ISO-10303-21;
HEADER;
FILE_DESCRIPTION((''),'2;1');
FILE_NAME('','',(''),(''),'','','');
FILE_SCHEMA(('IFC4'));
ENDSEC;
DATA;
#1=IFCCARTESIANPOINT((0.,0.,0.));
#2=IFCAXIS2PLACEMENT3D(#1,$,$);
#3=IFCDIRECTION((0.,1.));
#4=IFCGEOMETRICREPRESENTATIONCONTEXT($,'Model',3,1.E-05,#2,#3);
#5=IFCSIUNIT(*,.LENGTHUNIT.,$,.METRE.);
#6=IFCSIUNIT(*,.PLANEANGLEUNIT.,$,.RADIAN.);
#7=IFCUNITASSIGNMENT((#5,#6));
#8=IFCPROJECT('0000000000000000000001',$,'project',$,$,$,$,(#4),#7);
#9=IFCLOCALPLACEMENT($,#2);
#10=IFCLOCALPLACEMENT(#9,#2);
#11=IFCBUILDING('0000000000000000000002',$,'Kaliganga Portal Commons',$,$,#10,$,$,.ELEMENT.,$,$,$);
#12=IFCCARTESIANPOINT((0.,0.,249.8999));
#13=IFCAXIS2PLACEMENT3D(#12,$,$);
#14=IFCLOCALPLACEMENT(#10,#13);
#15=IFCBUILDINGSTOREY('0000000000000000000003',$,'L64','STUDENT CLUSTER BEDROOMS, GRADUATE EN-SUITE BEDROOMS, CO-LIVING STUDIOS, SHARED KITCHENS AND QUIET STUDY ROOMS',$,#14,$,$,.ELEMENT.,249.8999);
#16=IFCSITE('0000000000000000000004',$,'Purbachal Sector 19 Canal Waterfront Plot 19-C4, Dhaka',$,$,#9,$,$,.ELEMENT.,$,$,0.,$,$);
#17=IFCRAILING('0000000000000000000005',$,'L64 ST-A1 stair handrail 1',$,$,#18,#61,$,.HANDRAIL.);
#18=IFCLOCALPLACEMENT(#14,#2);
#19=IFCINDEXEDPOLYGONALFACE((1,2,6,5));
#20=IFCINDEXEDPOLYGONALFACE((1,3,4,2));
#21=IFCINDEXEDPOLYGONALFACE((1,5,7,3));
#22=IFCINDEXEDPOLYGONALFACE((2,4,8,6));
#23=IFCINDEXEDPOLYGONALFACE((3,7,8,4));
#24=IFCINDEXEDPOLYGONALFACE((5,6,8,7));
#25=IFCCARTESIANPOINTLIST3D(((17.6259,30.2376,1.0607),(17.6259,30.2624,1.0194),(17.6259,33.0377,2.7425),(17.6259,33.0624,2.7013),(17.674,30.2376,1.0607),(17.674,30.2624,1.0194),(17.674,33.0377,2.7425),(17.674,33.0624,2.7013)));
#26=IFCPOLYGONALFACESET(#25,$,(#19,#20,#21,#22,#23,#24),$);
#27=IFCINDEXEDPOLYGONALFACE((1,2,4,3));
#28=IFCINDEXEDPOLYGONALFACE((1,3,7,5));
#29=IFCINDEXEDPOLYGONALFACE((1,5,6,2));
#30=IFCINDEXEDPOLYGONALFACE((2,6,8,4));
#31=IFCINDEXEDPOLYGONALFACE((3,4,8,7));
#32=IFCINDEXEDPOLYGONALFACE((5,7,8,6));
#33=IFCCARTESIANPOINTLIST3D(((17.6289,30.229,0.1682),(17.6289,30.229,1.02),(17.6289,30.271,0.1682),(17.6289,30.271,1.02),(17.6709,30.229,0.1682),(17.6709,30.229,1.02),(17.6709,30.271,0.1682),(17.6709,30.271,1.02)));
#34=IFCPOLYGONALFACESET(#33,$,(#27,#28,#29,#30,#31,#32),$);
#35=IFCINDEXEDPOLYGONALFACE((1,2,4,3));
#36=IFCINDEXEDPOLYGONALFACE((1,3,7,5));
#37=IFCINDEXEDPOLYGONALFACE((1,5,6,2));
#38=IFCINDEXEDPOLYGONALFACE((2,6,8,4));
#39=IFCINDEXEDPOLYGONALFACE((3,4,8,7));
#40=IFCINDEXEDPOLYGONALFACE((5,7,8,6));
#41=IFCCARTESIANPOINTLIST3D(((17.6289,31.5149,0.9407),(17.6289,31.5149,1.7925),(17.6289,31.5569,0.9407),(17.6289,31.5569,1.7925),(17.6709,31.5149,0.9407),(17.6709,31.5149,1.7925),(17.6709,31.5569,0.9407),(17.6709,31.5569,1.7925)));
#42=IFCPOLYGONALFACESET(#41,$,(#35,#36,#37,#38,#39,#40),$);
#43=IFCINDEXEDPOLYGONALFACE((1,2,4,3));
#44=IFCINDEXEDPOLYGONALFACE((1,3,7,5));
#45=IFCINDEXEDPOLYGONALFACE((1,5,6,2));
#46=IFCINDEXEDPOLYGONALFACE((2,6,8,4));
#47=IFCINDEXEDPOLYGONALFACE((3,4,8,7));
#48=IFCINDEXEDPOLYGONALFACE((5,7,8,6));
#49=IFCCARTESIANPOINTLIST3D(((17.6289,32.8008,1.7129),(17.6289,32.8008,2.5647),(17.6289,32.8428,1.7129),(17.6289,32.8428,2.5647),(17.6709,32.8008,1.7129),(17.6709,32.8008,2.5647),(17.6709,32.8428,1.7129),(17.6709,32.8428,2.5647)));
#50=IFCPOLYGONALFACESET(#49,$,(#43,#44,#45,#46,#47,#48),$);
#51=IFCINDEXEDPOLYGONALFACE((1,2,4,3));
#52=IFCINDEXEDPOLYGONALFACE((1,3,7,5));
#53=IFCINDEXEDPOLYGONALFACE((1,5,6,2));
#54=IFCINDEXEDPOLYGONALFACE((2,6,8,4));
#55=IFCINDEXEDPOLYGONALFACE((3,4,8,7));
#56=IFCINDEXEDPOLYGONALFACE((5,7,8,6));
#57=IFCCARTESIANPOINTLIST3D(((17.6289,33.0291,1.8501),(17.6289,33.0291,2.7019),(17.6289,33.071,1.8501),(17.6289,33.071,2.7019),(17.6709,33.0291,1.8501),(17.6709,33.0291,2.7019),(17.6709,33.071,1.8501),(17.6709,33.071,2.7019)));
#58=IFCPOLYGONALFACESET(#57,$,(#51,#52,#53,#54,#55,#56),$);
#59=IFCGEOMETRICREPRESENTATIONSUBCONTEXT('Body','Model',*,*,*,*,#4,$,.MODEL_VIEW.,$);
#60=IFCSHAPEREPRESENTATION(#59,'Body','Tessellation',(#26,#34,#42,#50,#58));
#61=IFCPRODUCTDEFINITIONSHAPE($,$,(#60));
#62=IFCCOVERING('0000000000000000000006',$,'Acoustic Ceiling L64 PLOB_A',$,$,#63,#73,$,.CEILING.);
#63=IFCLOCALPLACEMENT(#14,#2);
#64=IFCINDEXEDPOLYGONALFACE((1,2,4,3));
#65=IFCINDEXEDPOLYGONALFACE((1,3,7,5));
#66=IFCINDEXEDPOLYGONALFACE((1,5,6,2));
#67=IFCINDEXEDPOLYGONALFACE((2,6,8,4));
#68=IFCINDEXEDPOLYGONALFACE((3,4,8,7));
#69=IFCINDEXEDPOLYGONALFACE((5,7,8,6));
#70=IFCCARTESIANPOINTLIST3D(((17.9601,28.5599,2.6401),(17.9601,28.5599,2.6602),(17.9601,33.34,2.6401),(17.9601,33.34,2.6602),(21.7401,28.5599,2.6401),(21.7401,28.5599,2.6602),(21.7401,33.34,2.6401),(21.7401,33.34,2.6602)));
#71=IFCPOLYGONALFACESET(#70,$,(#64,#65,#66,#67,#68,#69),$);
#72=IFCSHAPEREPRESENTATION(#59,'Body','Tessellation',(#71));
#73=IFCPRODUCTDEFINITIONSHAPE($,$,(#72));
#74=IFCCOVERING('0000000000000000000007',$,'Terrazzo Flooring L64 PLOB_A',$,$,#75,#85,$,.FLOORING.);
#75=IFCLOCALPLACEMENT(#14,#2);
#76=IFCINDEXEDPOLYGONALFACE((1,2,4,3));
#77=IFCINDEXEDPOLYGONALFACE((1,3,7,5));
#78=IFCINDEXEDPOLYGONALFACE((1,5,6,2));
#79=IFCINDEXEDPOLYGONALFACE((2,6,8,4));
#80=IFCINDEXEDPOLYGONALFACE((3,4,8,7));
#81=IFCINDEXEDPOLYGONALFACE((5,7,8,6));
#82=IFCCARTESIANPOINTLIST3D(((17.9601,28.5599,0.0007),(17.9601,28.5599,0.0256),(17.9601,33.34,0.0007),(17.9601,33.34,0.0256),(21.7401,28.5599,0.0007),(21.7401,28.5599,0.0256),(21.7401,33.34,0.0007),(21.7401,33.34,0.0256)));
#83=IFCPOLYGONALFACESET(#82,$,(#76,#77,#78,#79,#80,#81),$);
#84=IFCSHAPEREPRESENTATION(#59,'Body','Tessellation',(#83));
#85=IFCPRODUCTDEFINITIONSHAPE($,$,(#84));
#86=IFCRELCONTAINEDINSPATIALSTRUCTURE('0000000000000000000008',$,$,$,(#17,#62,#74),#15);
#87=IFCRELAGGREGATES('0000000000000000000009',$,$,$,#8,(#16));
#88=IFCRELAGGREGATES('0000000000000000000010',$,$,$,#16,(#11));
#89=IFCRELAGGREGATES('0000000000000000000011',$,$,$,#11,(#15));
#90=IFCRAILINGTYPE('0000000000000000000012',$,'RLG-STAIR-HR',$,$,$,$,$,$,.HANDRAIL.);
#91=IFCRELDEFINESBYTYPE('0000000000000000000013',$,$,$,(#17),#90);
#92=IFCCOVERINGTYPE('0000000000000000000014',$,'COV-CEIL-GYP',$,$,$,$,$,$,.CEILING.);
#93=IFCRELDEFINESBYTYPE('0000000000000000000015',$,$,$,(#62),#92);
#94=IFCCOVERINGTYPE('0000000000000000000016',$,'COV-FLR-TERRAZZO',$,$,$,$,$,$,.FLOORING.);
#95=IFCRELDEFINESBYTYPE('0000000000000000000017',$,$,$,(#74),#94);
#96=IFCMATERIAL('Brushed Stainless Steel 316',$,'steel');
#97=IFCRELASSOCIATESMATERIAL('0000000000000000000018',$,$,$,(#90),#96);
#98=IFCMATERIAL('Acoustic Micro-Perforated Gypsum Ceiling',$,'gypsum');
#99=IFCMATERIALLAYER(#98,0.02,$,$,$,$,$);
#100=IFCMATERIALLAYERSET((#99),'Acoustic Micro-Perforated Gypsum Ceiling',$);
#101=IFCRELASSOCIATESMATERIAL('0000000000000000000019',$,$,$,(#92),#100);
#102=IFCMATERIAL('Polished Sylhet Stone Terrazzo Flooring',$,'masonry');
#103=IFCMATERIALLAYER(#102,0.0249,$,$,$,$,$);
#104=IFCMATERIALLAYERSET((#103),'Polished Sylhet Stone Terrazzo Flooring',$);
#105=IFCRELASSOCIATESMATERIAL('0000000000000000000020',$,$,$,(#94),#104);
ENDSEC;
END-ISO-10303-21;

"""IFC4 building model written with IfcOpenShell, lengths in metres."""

from ifc_helpers import new_model, si_unit, direction, frame, origin, origin_2d, place, context, subcontext, project, spatial, rectangle, extrude, source, transform, mapped, material, layer, layer_set, type_object, element, save


model = new_model("IFC4")

# Units and contexts
model_context = context("Model", 3, precision=1e-05, world=origin(), true_north=direction((0.0, 1.0)))
body_context = subcontext(model_context, "Body", "Model", "MODEL_VIEW")
ifc_project = project(units=[si_unit("LENGTHUNIT", "METRE"), si_unit("PLANEANGLEUNIT", "RADIAN")], contexts=[model_context])

# Site, building, storey
site_placement = place(None, origin())
site = spatial("IfcSite", under=ifc_project, at=site_placement, Name="Purbachal Sector 19 Canal Waterfront Plot 19-C4, Dhaka", CompositionType="ELEMENT", RefElevation=0.0)
building_placement = place(site_placement, origin())
building = spatial("IfcBuilding", under=site, at=building_placement, Name="Kaliganga Portal Commons", CompositionType="ELEMENT")
storey_placement = place(building_placement, frame((0.0, 0.0, 249.8999)))
storey = spatial("IfcBuildingStorey", under=building, at=storey_placement, Name="L64", Description="STUDENT CLUSTER BEDROOMS, GRADUATE EN-SUITE BEDROOMS, CO-LIVING STUDIOS, SHARED KITCHENS AND QUIET STUDY ROOMS", CompositionType="ELEMENT", Elevation=249.8999)

# Railing
ifc_material_1 = material(Name="Brushed Stainless Steel 316", Category="steel")
railing_type_1 = type_object("IfcRailingType", Name="RLG-STAIR-HR", PredefinedType="HANDRAIL", material=ifc_material_1)
railing_1_placement = place(storey_placement, frame((17.6499, 30.25, 0.1682)))
element("IfcRailing", 1, at=railing_1_placement, inside=storey, type_object=railing_type_1, Name="L64 ST-A1 stair handrail 1", PredefinedType="HANDRAIL", context=body_context, shape_type="SweptSolid", body=[
    extrude(rectangle(XDim=0.0481, YDim=0.0481, at=origin_2d()), frame((0.0, 0.0, 0.8718), z_axis=(0.0, 0.857242, 0.514913), x_axis=(-1.0, 0.0, 0.0)), (0.0, 0.0, 1.0), 3.2664),
    extrude(rectangle(XDim=0.042, YDim=0.042, at=origin_2d()), origin(), (0.0, 0.0, 1.0), 0.8518),
    extrude(rectangle(XDim=0.042, YDim=0.042, at=origin_2d()), frame((0.0, 1.2859, 0.7725)), (0.0, 0.0, 1.0), 0.8518),
    extrude(rectangle(XDim=0.042, YDim=0.042, at=origin_2d()), frame((0.0, 2.5718, 1.5447)), (0.0, 0.0, 1.0), 0.8518),
    extrude(rectangle(XDim=0.042, YDim=0.042, at=origin_2d()), frame((0.0, 2.8, 1.6819)), (0.0, 0.0, 1.0), 0.8518),
])

# Coverings
ifc_material_2 = material(Name="Acoustic Micro-Perforated Gypsum Ceiling", Category="gypsum")
ifc_layer_1 = layer(ifc_material_2, 0.02)
ifc_layer_set_1 = layer_set([ifc_layer_1], Name="Acoustic Micro-Perforated Gypsum Ceiling")
covering_type_1 = type_object("IfcCoveringType", Name="COV-CEIL-GYP", PredefinedType="CEILING", material=ifc_layer_set_1)
shared_shape_1 = source(origin(), body_context, "Body", "SweptSolid", [
    extrude(rectangle(XDim=3.78, YDim=4.78, at=origin_2d()), origin(), (0.0, 0.0, 1.0), 0.02),
])
covering_1_placement = place(storey_placement, frame((19.8501, 30.95, 2.6401), z_axis=(0.0, 0.0, 1.0), x_axis=(1.0, 0.0, 0.0)))
element("IfcCovering", 2, at=covering_1_placement, inside=storey, type_object=covering_type_1, Name="Acoustic Ceiling L64 PLOB_A", PredefinedType="CEILING", context=body_context, shape_type="MappedRepresentation", body=[
    mapped(shared_shape_1, transform((0.0, 0.0, 0.0), x_axis=(1.0, 0.0, 0.0), y_axis=(0.0, 1.0, 0.0), z_axis=(0.0, 0.0, 1.0), scale=1.0)),
])
ifc_material_3 = material(Name="Polished Sylhet Stone Terrazzo Flooring", Category="masonry")
ifc_layer_2 = layer(ifc_material_3, 0.0249)
ifc_layer_set_2 = layer_set([ifc_layer_2], Name="Polished Sylhet Stone Terrazzo Flooring")
covering_type_2 = type_object("IfcCoveringType", Name="COV-FLR-TERRAZZO", PredefinedType="FLOORING", material=ifc_layer_set_2)
shared_shape_2 = source(origin(), body_context, "Body", "SweptSolid", [
    extrude(rectangle(XDim=3.78, YDim=4.78, at=origin_2d()), origin(), (0.0, 0.0, 1.0), 0.0249),
])
covering_2_placement = place(storey_placement, frame((19.8501, 30.95, 0.0007), z_axis=(0.0, 0.0, 1.0), x_axis=(1.0, 0.0, 0.0)))
element("IfcCovering", 3, at=covering_2_placement, inside=storey, type_object=covering_type_2, Name="Terrazzo Flooring L64 PLOB_A", PredefinedType="FLOORING", context=body_context, shape_type="MappedRepresentation", body=[
    mapped(shared_shape_2, transform((0.0, 0.0, 0.0), x_axis=(1.0, 0.0, 0.0), y_axis=(0.0, 1.0, 0.0), z_axis=(0.0, 0.0, 1.0), scale=1.0)),
])

save(model, "model.ifc")
